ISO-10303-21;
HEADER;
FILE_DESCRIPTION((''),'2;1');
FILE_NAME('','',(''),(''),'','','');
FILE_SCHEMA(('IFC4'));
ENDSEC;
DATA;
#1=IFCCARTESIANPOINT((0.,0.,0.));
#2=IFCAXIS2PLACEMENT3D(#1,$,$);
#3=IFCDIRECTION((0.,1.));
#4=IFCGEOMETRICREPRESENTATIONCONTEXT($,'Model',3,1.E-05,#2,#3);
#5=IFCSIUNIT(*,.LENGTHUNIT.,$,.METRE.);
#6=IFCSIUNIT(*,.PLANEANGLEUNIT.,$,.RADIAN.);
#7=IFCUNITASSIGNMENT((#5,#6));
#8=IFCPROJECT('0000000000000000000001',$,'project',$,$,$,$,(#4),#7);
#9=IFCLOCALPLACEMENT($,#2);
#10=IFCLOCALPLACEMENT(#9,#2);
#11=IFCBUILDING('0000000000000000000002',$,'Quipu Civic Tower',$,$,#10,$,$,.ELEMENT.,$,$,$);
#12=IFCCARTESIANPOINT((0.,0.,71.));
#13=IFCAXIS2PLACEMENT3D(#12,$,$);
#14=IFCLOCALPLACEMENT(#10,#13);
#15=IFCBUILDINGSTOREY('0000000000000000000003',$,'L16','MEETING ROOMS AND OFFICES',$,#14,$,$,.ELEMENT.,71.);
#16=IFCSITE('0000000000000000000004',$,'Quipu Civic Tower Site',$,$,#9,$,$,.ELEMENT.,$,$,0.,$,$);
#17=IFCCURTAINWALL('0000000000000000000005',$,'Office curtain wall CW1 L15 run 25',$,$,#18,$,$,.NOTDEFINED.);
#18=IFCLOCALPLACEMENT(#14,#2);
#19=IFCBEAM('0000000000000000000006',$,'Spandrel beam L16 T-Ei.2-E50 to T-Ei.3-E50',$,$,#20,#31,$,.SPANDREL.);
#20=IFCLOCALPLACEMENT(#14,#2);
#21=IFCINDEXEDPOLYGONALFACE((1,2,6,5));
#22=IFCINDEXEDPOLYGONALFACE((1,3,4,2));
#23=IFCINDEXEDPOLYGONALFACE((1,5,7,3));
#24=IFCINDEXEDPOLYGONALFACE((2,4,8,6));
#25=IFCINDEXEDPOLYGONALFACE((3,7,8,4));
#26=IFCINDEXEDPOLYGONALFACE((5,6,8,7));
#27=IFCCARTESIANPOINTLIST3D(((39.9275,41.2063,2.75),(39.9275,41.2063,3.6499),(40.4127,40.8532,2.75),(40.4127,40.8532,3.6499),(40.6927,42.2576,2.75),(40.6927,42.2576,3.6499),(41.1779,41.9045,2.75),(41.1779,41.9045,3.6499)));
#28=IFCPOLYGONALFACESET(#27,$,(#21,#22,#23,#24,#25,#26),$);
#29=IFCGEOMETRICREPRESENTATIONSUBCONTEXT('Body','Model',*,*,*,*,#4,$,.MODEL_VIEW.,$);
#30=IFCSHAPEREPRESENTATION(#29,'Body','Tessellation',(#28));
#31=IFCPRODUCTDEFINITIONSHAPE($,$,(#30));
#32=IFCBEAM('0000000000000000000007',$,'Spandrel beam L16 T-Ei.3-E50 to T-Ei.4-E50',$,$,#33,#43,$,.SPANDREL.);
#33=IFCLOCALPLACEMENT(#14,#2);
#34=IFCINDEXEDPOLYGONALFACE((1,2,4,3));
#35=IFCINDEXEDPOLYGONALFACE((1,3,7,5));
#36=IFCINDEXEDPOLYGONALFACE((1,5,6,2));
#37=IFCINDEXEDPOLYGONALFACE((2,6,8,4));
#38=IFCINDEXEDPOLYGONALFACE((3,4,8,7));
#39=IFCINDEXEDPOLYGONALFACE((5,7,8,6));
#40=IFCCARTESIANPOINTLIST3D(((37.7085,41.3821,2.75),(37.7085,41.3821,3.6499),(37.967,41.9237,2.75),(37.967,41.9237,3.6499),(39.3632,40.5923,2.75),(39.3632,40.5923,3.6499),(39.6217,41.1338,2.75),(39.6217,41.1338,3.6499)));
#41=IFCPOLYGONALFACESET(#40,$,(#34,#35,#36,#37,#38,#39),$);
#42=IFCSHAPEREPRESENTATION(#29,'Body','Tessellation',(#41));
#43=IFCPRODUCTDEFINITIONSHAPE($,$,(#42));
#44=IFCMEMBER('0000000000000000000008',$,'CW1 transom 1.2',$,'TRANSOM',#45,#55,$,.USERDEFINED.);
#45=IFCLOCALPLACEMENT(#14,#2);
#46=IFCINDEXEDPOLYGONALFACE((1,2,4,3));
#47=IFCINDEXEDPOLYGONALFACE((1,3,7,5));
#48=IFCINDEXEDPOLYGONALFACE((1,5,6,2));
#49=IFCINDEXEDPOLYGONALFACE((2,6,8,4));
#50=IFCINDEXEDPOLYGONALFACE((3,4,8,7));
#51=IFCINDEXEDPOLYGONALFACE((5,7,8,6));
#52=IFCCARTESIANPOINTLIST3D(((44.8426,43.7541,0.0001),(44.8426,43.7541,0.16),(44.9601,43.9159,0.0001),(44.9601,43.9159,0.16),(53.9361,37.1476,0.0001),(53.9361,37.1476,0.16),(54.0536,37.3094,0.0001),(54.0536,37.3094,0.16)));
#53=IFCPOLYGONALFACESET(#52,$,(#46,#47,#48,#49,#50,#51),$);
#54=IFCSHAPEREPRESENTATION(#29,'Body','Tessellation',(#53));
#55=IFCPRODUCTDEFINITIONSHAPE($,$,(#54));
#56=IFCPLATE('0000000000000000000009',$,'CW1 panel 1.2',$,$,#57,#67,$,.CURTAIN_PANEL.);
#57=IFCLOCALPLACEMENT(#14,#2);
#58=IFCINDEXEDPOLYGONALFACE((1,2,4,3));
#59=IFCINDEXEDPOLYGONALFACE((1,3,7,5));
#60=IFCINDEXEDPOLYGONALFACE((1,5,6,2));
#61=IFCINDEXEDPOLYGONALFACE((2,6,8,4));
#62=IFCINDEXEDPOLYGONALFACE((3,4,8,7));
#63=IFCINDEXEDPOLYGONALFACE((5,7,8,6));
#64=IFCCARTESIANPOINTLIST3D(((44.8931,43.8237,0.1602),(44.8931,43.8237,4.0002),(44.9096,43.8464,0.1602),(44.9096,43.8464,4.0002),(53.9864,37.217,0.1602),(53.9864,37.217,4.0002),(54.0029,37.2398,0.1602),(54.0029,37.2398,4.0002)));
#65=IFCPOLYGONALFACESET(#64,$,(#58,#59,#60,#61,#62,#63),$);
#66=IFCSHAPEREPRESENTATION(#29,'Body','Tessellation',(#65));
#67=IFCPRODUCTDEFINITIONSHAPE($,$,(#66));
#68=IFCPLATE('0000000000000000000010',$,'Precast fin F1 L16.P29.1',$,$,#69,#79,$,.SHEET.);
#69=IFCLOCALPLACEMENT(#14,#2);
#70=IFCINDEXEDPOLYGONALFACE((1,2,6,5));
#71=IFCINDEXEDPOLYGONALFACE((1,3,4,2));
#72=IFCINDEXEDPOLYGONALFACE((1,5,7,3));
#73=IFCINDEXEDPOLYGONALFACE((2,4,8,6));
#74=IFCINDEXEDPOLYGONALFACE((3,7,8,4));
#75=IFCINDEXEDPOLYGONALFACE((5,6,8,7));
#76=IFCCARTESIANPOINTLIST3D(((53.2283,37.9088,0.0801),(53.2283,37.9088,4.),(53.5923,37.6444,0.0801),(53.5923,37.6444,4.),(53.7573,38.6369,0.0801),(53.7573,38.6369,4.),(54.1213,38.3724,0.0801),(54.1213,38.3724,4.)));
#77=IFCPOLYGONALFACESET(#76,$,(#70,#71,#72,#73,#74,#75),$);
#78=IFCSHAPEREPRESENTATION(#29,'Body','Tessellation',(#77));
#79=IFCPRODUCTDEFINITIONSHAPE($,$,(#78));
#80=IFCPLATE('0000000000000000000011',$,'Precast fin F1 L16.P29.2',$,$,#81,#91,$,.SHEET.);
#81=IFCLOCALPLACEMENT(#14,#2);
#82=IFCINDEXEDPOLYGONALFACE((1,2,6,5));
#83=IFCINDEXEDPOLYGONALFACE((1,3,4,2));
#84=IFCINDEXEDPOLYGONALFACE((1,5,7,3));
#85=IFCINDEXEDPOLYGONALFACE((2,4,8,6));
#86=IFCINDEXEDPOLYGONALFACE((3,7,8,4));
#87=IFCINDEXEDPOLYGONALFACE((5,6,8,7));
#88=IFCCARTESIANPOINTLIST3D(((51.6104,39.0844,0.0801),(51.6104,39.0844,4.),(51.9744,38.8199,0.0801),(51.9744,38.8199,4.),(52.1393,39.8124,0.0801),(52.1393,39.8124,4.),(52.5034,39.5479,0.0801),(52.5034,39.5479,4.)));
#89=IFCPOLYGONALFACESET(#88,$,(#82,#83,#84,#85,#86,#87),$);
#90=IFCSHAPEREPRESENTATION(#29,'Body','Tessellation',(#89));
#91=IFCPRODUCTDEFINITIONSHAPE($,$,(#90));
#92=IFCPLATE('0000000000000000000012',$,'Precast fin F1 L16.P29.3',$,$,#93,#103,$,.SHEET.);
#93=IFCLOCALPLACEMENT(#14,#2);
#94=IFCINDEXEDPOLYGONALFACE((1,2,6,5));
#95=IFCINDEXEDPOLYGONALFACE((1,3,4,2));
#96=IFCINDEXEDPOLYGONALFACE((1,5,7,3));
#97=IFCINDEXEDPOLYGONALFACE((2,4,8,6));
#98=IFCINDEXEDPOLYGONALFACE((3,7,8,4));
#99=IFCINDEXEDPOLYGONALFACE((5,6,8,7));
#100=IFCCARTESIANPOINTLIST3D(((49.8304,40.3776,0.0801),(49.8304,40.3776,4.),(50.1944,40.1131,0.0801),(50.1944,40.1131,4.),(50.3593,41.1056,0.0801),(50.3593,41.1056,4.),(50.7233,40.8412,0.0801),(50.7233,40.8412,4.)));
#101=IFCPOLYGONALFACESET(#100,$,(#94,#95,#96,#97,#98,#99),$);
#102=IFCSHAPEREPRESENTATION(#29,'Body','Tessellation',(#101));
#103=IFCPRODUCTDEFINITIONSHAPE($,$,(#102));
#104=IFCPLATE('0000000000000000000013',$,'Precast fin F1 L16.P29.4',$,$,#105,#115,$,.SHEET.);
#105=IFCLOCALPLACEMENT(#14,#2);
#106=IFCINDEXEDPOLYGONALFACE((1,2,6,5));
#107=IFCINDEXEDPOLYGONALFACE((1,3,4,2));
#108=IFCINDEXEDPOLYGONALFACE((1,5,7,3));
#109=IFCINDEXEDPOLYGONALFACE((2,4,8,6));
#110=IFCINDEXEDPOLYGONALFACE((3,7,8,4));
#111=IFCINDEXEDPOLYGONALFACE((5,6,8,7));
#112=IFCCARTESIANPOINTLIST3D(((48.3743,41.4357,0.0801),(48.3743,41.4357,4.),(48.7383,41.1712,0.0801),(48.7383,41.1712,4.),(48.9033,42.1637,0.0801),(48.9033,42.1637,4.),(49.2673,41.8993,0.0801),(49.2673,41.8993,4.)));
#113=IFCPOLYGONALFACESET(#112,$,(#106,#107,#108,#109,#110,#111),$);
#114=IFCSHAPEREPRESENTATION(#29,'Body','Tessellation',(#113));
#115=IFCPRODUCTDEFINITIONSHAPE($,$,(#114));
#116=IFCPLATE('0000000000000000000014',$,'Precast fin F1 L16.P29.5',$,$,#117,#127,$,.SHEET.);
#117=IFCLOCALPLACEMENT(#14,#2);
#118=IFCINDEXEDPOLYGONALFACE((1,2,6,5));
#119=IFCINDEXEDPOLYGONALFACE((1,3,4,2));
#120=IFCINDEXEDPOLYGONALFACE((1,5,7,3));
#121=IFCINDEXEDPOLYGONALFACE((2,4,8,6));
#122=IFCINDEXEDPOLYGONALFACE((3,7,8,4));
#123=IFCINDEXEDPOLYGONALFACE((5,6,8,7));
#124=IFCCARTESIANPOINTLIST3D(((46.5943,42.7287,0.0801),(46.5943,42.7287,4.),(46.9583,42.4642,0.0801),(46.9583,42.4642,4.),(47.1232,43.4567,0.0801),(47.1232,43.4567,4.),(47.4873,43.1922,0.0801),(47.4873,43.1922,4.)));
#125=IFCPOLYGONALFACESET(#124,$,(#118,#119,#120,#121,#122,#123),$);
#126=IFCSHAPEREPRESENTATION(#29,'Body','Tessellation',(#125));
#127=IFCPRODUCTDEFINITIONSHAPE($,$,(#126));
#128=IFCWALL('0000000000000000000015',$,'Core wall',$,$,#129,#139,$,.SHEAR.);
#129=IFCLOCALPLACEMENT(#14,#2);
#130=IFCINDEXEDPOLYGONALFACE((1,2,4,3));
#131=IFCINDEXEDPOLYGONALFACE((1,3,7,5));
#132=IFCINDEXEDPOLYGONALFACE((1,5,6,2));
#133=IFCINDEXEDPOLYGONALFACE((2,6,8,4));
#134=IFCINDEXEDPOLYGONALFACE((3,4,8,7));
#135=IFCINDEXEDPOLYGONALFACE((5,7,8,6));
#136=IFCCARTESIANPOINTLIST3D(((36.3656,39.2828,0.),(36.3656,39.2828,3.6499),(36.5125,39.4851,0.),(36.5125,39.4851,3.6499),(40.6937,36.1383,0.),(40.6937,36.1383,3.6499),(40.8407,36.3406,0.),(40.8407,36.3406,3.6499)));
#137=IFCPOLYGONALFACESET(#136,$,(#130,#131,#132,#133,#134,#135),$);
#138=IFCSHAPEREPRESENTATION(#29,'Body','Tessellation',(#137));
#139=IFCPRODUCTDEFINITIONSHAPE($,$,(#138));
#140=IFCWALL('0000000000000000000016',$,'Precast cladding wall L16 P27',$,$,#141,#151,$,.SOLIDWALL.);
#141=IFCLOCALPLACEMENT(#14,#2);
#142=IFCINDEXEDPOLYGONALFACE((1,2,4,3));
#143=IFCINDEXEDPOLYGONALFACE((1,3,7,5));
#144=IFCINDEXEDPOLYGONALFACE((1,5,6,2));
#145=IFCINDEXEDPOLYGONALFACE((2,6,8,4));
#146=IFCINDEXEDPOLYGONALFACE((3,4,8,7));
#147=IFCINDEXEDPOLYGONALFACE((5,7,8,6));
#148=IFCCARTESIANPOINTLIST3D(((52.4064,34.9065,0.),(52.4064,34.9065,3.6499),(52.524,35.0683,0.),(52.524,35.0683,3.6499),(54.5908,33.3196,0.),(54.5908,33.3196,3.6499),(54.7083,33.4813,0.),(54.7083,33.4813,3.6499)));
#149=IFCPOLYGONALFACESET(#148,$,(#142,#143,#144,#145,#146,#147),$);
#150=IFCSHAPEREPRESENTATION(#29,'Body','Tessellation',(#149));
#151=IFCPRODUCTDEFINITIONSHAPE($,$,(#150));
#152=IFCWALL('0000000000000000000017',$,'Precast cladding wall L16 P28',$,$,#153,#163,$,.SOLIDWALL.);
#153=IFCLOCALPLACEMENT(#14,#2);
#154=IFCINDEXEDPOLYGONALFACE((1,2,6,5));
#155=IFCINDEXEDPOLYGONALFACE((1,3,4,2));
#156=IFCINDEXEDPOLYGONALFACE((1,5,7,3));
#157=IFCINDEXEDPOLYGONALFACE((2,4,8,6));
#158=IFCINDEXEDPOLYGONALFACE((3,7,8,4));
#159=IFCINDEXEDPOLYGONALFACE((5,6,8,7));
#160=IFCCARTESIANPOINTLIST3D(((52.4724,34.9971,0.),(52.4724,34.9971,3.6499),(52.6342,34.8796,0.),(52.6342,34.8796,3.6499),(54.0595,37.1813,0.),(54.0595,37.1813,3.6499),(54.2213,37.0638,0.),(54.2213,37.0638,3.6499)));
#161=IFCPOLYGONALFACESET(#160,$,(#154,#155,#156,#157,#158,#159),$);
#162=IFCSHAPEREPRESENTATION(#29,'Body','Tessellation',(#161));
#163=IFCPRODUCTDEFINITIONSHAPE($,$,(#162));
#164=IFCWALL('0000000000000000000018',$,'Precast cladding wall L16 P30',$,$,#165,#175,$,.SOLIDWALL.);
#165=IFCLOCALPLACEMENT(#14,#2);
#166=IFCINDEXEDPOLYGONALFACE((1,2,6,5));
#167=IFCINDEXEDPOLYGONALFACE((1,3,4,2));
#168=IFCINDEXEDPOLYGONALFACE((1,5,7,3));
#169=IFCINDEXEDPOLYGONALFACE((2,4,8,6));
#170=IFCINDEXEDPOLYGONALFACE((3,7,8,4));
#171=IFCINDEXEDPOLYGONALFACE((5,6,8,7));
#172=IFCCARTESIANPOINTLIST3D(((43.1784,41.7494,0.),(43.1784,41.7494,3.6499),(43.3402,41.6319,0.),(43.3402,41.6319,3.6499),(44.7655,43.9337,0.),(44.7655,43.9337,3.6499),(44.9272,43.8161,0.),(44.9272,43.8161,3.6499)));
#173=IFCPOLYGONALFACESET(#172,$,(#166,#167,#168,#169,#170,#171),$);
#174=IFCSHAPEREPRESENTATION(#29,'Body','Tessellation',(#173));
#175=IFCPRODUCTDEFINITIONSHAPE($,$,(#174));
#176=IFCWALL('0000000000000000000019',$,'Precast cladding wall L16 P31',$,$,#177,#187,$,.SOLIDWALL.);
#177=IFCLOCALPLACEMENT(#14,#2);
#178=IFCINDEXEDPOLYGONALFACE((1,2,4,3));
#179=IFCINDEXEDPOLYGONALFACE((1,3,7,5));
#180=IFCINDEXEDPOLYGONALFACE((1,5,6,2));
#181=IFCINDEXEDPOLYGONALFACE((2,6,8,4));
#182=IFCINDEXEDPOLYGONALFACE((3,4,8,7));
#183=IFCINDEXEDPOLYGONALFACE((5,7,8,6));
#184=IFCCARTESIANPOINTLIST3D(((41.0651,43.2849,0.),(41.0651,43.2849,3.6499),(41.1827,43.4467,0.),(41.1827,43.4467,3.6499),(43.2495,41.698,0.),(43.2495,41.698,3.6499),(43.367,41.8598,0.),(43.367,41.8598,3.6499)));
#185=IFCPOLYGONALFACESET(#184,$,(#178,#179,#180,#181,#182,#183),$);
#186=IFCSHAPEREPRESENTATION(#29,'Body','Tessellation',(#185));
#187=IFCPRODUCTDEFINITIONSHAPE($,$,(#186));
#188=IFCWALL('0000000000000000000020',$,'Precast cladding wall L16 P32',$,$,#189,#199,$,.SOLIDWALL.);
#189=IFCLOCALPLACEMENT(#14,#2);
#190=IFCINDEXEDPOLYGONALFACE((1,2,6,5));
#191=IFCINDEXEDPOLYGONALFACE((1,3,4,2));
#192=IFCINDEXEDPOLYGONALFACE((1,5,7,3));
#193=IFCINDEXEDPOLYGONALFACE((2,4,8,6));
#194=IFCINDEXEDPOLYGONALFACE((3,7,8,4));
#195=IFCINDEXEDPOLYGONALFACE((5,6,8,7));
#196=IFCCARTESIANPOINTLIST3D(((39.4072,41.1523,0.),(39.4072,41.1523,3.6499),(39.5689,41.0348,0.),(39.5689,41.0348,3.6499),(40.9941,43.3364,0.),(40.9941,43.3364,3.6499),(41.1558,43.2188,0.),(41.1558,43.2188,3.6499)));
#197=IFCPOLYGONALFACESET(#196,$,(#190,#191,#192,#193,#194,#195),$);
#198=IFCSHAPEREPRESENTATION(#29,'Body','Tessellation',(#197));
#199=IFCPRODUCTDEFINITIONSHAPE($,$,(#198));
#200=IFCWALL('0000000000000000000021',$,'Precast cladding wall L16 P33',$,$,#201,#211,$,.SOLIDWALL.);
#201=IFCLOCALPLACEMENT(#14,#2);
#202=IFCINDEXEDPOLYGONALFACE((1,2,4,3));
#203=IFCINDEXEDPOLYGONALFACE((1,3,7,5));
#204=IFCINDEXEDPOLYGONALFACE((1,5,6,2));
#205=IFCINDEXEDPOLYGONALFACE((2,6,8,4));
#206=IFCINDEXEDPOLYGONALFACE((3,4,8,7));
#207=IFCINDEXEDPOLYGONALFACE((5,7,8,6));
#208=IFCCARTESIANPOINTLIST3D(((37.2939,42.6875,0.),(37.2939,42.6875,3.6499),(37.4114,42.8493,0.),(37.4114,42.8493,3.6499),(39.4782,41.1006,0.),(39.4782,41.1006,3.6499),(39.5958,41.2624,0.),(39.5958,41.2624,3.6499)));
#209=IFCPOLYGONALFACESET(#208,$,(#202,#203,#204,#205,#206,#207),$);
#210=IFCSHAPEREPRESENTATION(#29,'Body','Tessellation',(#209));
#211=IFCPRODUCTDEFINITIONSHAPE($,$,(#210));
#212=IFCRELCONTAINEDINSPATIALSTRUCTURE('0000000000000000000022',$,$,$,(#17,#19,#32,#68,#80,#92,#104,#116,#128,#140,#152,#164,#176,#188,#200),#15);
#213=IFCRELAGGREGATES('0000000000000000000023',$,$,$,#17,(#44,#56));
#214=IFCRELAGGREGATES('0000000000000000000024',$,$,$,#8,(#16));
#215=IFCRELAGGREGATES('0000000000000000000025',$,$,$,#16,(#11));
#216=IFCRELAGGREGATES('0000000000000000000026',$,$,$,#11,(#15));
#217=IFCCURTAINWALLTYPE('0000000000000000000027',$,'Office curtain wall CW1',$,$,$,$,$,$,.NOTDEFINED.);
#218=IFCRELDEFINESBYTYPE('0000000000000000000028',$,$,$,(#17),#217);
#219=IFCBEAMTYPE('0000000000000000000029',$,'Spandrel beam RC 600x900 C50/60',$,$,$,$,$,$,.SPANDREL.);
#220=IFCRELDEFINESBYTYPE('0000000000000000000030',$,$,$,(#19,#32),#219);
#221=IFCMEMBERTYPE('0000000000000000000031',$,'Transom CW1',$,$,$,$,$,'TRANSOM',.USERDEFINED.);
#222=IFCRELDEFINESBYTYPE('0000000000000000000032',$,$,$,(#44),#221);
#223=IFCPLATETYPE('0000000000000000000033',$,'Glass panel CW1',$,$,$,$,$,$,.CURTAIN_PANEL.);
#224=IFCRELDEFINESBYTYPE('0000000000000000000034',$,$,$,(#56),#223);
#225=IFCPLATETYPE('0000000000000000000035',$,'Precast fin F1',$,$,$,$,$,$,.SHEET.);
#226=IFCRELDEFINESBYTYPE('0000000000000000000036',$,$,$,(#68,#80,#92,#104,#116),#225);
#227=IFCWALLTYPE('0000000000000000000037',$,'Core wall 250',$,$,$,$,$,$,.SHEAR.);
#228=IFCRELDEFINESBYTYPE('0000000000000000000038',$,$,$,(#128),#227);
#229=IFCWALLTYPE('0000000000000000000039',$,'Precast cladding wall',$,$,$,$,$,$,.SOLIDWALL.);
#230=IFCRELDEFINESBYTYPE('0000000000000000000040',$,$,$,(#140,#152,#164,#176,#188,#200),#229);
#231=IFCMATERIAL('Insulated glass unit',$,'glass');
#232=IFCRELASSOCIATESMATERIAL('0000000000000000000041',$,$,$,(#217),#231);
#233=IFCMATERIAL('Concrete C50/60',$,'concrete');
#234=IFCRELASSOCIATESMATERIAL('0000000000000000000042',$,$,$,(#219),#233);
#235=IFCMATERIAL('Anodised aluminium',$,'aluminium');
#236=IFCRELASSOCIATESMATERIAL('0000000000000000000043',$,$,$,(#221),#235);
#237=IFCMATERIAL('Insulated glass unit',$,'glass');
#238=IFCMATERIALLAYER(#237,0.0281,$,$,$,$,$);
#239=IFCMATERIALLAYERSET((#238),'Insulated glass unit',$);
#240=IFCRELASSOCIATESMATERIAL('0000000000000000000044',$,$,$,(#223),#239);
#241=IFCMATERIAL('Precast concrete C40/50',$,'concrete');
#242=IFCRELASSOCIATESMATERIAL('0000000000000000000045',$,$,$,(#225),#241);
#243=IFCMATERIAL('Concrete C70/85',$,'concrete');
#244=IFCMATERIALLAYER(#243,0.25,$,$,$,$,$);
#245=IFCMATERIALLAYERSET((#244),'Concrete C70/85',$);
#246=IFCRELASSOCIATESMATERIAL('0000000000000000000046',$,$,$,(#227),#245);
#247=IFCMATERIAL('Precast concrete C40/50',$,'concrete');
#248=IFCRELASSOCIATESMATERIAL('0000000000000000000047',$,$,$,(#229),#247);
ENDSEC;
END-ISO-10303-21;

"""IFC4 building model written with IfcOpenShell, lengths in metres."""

from ifc_helpers import new_model, si_unit, direction, frame, frame_2d, origin, origin_2d, place, context, subcontext, project, spatial, rectangle, extrude, material, layer, layer_set, material_profile, profile_set, type_object, element, aggregate, save


model = new_model("IFC4")

# Units and contexts
model_context = context("Model", 3, precision=1e-05, world=origin(), true_north=direction((0.0, 1.0)))
body_context = subcontext(model_context, "Body", "Model", "MODEL_VIEW")
ifc_project = project(units=[si_unit("LENGTHUNIT", "METRE"), si_unit("PLANEANGLEUNIT", "RADIAN")], contexts=[model_context])

# Site, building, storey
site_placement = place(None, origin())
site = spatial("IfcSite", under=ifc_project, at=site_placement, Name="Quipu Civic Tower Site", CompositionType="ELEMENT", RefElevation=0.0)
building_placement = place(site_placement, origin())
building = spatial("IfcBuilding", under=site, at=building_placement, Name="Quipu Civic Tower", CompositionType="ELEMENT")
storey_placement = place(building_placement, frame((0.0, 0.0, 71.0)))
storey = spatial("IfcBuildingStorey", under=building, at=storey_placement, Name="L16", Description="MEETING ROOMS AND OFFICES", CompositionType="ELEMENT", Elevation=71.0)

# Curtain wall
ifc_material_1 = material(Name="Insulated glass unit", Category="glass")
curtain_wall_type = type_object("IfcCurtainWallType", Name="Office curtain wall CW1", PredefinedType="NOTDEFINED", material=ifc_material_1)
curtain_wall_placement = place(storey_placement, origin())
curtain_wall = element("IfcCurtainWall", 1, at=curtain_wall_placement, inside=storey, type_object=curtain_wall_type, Name="Office curtain wall CW1 L15 run 25", PredefinedType="NOTDEFINED")

# Beams
ifc_material_2 = material(Name="Concrete C50/60", Category="concrete")
ifc_material_profile_1 = material_profile(ifc_material_2, rectangle(XDim=0.6001, YDim=0.8999, at=origin_2d()), Name="RC600x900")
ifc_profile_set_1 = profile_set([ifc_material_profile_1], Name="Concrete C50/60")
beam_type = type_object("IfcBeamType", Name="Spandrel beam RC 600x900 C50/60", PredefinedType="SPANDREL", material=ifc_profile_set_1)
beam_1_placement = place(storey_placement, frame((40.9353, 42.0811, 3.2), z_axis=(-0.588462, -0.808525, 0.0), x_axis=(0.808525, -0.588462, 0.0)))
element("IfcBeam", 2, at=beam_1_placement, inside=storey, type_object=beam_type, Name="Spandrel beam L16 T-Ei.2-E50 to T-Ei.3-E50", PredefinedType="SPANDREL", context=body_context, shape_type="SweptSolid", body=[
    extrude(rectangle(XDim=0.6001, YDim=0.8999, at=origin_2d()), origin(), (0.0, 0.0, 1.0), 1.3003),
])
beam_2_placement = place(storey_placement, frame((39.4924, 40.863, 3.2), z_axis=(-0.902454, 0.430786, 0.0), x_axis=(-0.430786, -0.902454, 0.0)))
element("IfcBeam", 3, at=beam_2_placement, inside=storey, type_object=beam_type, Name="Spandrel beam L16 T-Ei.3-E50 to T-Ei.4-E50", PredefinedType="SPANDREL", context=body_context, shape_type="SweptSolid", body=[
    extrude(rectangle(XDim=0.6001, YDim=0.8999, at=origin_2d()), origin(), (0.0, 0.0, 1.0), 1.8335),
])

# Member
ifc_material_3 = material(Name="Anodised aluminium", Category="aluminium")
ifc_material_profile_2 = material_profile(ifc_material_3, rectangle(XDim=0.2, YDim=0.1599, at=origin_2d()), Name="RECT 200x160")
ifc_profile_set_2 = profile_set([ifc_material_profile_2], Name="Anodised aluminium")
member_type_1 = type_object("IfcMemberType", Name="Transom CW1", ElementType="TRANSOM", PredefinedType="USERDEFINED", material=ifc_profile_set_2)
member_1_placement = place(storey_placement, frame((53.9949, 37.2285, 0.0801), z_axis=(-0.809033, 0.587764, 0.0), x_axis=(-0.587764, -0.809033, 0.0)))
member_1 = element("IfcMember", 4, at=member_1_placement, type_object=member_type_1, Name="CW1 transom 1.2", ObjectType="TRANSOM", PredefinedType="USERDEFINED", context=body_context, shape_type="SweptSolid", body=[
    extrude(rectangle(XDim=0.2, YDim=0.1599, at=origin_2d()), origin(), (0.0, 0.0, 1.0), 11.24),
])

# Plate
ifc_material_4 = material(Name="Insulated glass unit", Category="glass")
ifc_layer_1 = layer(ifc_material_4, 0.0281)
ifc_layer_set_1 = layer_set([ifc_layer_1], Name="Insulated glass unit")
plate_type_1 = type_object("IfcPlateType", Name="Glass panel CW1", PredefinedType="CURTAIN_PANEL", material=ifc_layer_set_1)
plate_placement = place(storey_placement, frame((49.448, 40.5317, 0.1602), z_axis=(0.0, 0.0, 1.0), x_axis=(-0.809019, 0.587782, 0.0)))
plate = element("IfcPlate", 5, at=plate_placement, type_object=plate_type_1, Name="CW1 panel 1.2", PredefinedType="CURTAIN_PANEL", context=body_context, shape_type="SweptSolid", body=[
    extrude(rectangle(XDim=11.24, YDim=0.0281, at=origin_2d()), origin(), (0.0, 0.0, 1.0), 3.8401),
])
aggregate(curtain_wall, [member_1, plate])

# Plates
ifc_material_5 = material(Name="Precast concrete C40/50", Category="concrete")
plate_type_2 = type_object("IfcPlateType", Name="Precast fin F1", PredefinedType="SHEET", material=ifc_material_5)
for number, where, z_axis, x_axis, name in (
    (6, (53.6748, 38.1406, 0.0801), (0.0, 0.0, 1.0), (-0.809021, 0.587779, 0.0), "Precast fin F1 L16.P29.1"),
    (7, (52.0569, 39.3162, 0.0801), (0.0, 0.0, 1.0), (-0.809021, 0.587779, 0.0), "Precast fin F1 L16.P29.2"),
    (8, (50.2769, 40.6094, 0.0801), (0.0, 0.0, 1.0), (-0.809021, 0.587779, 0.0), "Precast fin F1 L16.P29.3"),
    (9, (48.8208, 41.6675, 0.0801), (0.0, 0.0, 1.0), (-0.809021, 0.587779, 0.0), "Precast fin F1 L16.P29.4"),
    (10, (47.0408, 42.9604, 0.0801), (0.0, 0.0, 1.0), (-0.809021, 0.587779, 0.0), "Precast fin F1 L16.P29.5"),
):
    element("IfcPlate", number, at=place(storey_placement, frame(where, z_axis=z_axis, x_axis=x_axis)), inside=storey, type_object=plate_type_2, Name=name, PredefinedType="SHEET", context=body_context, shape_type="SweptSolid", body=[
        extrude(rectangle(XDim=0.45, YDim=0.8999, at=origin_2d()), origin(), (0.0, 0.0, 1.0), 3.9199),
    ])

# Walls
ifc_material_6 = material(Name="Concrete C70/85", Category="concrete")
ifc_layer_2 = layer(ifc_material_6, 0.25)
ifc_layer_set_2 = layer_set([ifc_layer_2], Name="Concrete C70/85")
wall_type_1 = type_object("IfcWallType", Name="Core wall 250", PredefinedType="SHEAR", material=ifc_layer_set_2)
wall_1_placement = place(storey_placement, frame((40.7671, 36.2395, 0.0), z_axis=(0.0, 0.0, 1.0), x_axis=(-0.80902, 0.587781, 0.0)))
element("IfcWall", 11, at=wall_1_placement, inside=storey, type_object=wall_type_1, Name="Core wall", PredefinedType="SHEAR", context=body_context, shape_type="SweptSolid", body=[
    extrude(rectangle(XDim=5.3499, YDim=0.25, at=frame_2d((2.6748, 0.0))), origin(), (0.0, 0.0, 1.0), 3.6499),
])
ifc_material_7 = material(Name="Precast concrete C40/50", Category="concrete")
wall_type_2 = type_object("IfcWallType", Name="Precast cladding wall", PredefinedType="SOLIDWALL", material=ifc_material_7)
for number, where, z_axis, x_axis, name in (
    (12, (54.6497, 33.4004, 0.0), (0.0, 0.0, 1.0), (-0.809033, 0.587763, 0.0), "Precast cladding wall L16 P27"),
    (13, (52.5532, 34.9382, 0.0), (0.0, 0.0, 1.0), (0.587822, 0.80899, 0.0), "Precast cladding wall L16 P28"),
    (14, (44.8464, 43.875, 0.0), (0.0, 0.0, 1.0), (-0.587822, -0.80899, 0.0), "Precast cladding wall L16 P30"),
    (15, (43.3083, 41.7788, 0.0), (0.0, 0.0, 1.0), (-0.809033, 0.587763, 0.0), "Precast cladding wall L16 P31"),
):
    element("IfcWall", number, at=place(storey_placement, frame(where, z_axis=z_axis, x_axis=x_axis)), inside=storey, type_object=wall_type_2, Name=name, PredefinedType="SOLIDWALL", context=body_context, shape_type="SweptSolid", body=[
        extrude(rectangle(XDim=2.7, YDim=0.2, at=frame_2d((1.3501, 0.0))), origin(), (0.0, 0.0, 1.0), 3.6499),
    ])
wall_2_placement = place(storey_placement, frame((41.075, 43.2776, 0.0), z_axis=(0.0, 0.0, 1.0), x_axis=(-0.587806, -0.809002, 0.0)))
element("IfcWall", 16, at=wall_2_placement, inside=storey, type_object=wall_type_2, Name="Precast cladding wall L16 P32", PredefinedType="SOLIDWALL", context=body_context, shape_type="SweptSolid", body=[
    extrude(rectangle(XDim=2.6997, YDim=0.2, at=frame_2d((1.3499, 0.0))), origin(), (0.0, 0.0, 1.0), 3.6499),
])
wall_3_placement = place(storey_placement, frame((39.5371, 41.1814, 0.0), z_axis=(0.0, 0.0, 1.0), x_axis=(-0.809033, 0.587763, 0.0)))
element("IfcWall", 17, at=wall_3_placement, inside=storey, type_object=wall_type_2, Name="Precast cladding wall L16 P33", PredefinedType="SOLIDWALL", context=body_context, shape_type="SweptSolid", body=[
    extrude(rectangle(XDim=2.7, YDim=0.2, at=frame_2d((1.3501, 0.0))), origin(), (0.0, 0.0, 1.0), 3.6499),
])

save(model, "model.ifc")
